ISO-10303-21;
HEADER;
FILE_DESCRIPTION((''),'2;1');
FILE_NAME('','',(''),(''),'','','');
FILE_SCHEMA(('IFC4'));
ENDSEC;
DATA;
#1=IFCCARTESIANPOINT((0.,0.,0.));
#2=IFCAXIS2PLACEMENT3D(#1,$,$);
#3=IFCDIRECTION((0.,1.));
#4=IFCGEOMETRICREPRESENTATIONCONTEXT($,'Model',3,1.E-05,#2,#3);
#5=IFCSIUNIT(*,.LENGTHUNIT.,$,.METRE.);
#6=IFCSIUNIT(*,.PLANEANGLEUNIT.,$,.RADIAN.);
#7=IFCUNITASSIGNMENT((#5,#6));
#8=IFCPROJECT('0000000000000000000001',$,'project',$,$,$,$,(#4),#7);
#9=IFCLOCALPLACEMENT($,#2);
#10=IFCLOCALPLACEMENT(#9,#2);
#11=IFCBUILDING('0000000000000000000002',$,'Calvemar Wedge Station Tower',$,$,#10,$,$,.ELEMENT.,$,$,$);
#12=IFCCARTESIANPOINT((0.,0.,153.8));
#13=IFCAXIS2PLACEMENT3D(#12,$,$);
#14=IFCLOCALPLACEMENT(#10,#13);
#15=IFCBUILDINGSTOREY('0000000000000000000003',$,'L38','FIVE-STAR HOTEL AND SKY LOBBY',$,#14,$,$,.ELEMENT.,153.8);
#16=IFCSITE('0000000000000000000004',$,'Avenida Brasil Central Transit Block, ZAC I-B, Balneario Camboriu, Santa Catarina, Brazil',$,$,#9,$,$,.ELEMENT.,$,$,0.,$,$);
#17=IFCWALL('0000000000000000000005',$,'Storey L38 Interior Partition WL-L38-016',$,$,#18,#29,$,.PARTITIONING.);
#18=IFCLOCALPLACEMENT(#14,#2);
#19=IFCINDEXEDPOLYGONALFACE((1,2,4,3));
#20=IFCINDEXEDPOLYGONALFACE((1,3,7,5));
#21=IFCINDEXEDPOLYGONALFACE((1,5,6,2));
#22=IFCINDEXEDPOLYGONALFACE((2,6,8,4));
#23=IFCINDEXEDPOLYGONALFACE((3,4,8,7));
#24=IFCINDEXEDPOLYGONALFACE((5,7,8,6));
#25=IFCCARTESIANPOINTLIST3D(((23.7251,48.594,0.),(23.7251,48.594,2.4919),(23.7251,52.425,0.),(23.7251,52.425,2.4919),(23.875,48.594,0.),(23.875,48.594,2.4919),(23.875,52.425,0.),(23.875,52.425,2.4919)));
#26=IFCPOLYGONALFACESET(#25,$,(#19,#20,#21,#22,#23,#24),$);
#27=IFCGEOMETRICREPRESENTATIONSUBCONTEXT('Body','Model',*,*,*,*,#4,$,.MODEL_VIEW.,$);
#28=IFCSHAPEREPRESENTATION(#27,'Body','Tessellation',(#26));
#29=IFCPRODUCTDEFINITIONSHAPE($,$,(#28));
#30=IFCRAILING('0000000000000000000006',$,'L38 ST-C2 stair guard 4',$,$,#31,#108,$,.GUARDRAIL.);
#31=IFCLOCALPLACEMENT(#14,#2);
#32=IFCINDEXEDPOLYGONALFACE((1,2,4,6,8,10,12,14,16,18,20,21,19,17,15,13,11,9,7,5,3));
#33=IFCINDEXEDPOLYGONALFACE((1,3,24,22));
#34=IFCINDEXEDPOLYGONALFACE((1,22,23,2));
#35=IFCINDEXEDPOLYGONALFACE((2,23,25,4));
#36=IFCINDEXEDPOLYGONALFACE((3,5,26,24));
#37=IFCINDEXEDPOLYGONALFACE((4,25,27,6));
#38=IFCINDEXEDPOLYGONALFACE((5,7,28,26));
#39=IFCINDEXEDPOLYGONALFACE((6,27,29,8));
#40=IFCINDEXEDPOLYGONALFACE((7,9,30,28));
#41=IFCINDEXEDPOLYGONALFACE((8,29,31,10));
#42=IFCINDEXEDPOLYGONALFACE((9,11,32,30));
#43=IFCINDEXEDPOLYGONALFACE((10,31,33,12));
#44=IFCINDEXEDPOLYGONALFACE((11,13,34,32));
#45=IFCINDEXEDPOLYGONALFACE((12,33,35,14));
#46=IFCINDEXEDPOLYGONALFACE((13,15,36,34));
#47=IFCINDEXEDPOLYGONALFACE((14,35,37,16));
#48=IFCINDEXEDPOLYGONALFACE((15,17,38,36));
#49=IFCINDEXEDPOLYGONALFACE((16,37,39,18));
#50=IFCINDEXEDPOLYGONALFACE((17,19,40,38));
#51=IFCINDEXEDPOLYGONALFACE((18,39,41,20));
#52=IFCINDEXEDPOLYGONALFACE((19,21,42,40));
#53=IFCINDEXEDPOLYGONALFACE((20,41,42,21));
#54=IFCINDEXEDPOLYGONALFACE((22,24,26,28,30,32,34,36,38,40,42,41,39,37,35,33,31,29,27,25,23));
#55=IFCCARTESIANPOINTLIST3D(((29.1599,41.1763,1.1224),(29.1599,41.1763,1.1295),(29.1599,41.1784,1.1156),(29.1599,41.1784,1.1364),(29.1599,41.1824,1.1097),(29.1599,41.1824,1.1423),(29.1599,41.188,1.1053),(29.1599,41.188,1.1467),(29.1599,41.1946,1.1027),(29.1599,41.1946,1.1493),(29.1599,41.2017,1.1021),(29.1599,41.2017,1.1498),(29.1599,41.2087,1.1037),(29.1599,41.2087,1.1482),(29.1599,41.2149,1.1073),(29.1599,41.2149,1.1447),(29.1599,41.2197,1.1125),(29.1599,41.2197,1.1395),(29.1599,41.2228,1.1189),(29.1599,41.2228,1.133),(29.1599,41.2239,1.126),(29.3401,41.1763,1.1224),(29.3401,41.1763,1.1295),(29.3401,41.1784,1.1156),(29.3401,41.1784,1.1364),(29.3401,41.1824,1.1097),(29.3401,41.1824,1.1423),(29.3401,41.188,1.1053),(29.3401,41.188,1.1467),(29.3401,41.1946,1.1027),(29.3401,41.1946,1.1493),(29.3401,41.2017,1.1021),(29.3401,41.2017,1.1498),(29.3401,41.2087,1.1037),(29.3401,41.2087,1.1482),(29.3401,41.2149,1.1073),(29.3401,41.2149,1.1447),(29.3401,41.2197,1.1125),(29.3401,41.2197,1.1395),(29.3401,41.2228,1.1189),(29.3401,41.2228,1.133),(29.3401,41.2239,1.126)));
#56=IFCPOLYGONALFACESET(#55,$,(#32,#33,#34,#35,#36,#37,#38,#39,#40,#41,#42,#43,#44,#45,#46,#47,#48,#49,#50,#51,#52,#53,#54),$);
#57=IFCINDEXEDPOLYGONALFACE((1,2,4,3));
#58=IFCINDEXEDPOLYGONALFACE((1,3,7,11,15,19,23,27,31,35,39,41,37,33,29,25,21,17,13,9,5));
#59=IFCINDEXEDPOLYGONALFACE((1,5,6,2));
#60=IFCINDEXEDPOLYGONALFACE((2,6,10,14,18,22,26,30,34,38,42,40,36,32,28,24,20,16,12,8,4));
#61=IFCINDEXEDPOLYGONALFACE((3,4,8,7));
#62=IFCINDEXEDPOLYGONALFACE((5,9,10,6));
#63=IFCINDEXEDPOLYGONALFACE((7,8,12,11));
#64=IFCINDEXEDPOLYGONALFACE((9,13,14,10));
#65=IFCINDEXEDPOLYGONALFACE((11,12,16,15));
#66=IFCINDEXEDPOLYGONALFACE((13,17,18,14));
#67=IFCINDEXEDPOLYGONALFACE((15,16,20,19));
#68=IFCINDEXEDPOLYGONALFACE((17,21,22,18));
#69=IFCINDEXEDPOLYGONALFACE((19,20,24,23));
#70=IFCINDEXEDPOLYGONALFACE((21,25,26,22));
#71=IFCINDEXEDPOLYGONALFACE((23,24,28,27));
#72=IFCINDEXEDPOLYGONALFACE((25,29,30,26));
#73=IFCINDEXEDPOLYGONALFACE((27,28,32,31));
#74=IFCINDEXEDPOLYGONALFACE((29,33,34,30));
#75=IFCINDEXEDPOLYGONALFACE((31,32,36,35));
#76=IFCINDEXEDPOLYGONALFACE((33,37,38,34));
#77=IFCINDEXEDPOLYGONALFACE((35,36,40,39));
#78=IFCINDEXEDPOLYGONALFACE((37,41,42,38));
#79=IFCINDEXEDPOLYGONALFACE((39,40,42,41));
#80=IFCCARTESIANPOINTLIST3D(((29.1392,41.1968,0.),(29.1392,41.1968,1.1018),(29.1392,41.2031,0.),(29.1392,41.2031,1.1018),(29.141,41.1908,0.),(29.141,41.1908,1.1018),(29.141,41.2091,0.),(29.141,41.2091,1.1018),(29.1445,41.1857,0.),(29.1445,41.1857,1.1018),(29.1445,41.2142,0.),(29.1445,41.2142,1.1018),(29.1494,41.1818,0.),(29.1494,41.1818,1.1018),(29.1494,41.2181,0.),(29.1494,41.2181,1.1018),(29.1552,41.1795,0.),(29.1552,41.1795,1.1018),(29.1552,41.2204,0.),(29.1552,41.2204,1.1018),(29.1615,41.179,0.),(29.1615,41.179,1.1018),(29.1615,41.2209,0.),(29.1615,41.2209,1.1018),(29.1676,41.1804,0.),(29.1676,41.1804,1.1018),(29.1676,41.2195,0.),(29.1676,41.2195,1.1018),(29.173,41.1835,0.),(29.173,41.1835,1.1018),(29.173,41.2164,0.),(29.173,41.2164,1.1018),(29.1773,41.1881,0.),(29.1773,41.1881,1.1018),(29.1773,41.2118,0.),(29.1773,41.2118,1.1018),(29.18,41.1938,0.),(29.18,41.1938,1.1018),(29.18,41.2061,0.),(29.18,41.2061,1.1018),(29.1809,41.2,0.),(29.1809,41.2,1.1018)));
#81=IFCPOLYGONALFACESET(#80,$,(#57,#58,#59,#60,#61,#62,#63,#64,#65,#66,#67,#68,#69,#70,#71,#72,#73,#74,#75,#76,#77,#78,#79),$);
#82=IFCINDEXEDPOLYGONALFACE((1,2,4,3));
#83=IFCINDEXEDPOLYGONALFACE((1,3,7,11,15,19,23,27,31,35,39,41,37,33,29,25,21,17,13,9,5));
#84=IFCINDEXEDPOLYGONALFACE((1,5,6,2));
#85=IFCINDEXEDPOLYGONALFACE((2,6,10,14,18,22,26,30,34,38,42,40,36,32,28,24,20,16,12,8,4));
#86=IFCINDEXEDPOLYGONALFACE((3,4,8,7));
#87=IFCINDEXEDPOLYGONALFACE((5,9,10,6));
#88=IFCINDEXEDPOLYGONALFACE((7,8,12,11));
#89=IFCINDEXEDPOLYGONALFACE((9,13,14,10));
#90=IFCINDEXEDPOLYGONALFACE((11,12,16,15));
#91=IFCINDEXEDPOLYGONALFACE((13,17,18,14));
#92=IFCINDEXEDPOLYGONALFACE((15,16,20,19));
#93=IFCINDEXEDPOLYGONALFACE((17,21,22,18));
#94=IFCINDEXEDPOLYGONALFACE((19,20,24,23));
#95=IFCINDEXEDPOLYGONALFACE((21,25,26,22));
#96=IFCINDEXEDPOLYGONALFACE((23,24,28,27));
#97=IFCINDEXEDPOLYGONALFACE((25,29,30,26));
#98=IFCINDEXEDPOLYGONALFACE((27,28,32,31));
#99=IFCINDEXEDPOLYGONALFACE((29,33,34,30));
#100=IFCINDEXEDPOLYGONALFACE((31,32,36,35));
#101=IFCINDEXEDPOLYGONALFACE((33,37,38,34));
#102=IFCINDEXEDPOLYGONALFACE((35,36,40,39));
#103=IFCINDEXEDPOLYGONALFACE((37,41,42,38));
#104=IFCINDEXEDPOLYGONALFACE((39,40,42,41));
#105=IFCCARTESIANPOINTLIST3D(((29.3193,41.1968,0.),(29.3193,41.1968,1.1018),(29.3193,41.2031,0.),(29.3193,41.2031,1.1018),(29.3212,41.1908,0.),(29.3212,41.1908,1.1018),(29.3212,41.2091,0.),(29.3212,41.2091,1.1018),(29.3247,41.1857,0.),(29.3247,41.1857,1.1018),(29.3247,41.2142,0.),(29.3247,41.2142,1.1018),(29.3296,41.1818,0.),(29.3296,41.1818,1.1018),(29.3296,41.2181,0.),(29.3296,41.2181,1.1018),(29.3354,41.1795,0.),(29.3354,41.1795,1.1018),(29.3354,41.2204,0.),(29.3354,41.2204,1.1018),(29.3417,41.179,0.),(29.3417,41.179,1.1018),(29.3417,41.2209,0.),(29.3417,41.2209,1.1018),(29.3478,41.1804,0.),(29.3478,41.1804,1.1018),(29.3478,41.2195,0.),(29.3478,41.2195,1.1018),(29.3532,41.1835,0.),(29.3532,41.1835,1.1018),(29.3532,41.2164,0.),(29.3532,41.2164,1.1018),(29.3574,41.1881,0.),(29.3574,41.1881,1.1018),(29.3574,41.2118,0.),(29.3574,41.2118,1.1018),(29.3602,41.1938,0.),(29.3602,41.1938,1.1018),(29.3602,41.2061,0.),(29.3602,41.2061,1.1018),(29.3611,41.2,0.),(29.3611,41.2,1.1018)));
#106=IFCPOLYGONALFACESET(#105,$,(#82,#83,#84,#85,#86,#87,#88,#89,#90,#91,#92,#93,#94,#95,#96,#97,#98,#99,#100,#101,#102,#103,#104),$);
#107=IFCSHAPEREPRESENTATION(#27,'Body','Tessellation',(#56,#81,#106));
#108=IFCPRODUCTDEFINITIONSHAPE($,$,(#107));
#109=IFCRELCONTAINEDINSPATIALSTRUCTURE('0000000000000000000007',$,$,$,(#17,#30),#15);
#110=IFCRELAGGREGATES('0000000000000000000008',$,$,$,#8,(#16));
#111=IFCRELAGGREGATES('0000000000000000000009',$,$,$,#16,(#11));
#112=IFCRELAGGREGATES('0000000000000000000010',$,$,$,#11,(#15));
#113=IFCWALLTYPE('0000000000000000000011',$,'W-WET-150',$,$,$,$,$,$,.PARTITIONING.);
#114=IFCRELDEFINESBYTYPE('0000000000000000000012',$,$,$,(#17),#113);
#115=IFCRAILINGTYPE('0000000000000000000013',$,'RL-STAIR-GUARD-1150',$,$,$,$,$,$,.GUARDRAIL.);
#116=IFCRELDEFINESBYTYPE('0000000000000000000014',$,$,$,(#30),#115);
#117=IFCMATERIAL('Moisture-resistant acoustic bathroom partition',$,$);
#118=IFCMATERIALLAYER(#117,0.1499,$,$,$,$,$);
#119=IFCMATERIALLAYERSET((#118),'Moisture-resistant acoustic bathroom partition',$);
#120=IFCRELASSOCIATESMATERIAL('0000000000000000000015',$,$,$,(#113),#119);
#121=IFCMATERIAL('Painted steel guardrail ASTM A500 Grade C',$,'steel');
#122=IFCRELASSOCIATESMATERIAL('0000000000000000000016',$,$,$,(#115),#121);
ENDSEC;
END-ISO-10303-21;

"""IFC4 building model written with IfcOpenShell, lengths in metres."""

from ifc_helpers import new_model, si_unit, direction, frame, frame_2d, origin, origin_2d, place, context, subcontext, project, spatial, rectangle, circle, extrude, material, layer, layer_set, type_object, element, save


model = new_model("IFC4")

# Units and contexts
model_context = context("Model", 3, precision=1e-05, world=origin(), true_north=direction((0.0, 1.0)))
body_context = subcontext(model_context, "Body", "Model", "MODEL_VIEW")
ifc_project = project(units=[si_unit("LENGTHUNIT", "METRE"), si_unit("PLANEANGLEUNIT", "RADIAN")], contexts=[model_context])

# Site, building, storey
site_placement = place(None, origin())
site = spatial("IfcSite", under=ifc_project, at=site_placement, Name="Avenida Brasil Central Transit Block, ZAC I-B, Balneario Camboriu, Santa Catarina, Brazil", CompositionType="ELEMENT", RefElevation=0.0)
building_placement = place(site_placement, origin())
building = spatial("IfcBuilding", under=site, at=building_placement, Name="Calvemar Wedge Station Tower", CompositionType="ELEMENT")
storey_placement = place(building_placement, frame((0.0, 0.0, 153.8)))
storey = spatial("IfcBuildingStorey", under=building, at=storey_placement, Name="L38", Description="FIVE-STAR HOTEL AND SKY LOBBY", CompositionType="ELEMENT", Elevation=153.8)

# Wall
ifc_material_1 = material(Name="Moisture-resistant acoustic bathroom partition")
ifc_layer_1 = layer(ifc_material_1, 0.1499)
ifc_layer_set_1 = layer_set([ifc_layer_1], Name="Moisture-resistant acoustic bathroom partition")
wall_type_1 = type_object("IfcWallType", Name="W-WET-150", PredefinedType="PARTITIONING", material=ifc_layer_set_1)
wall_1_placement = place(storey_placement, frame((23.8, 52.425, 0.0), z_axis=(0.0, 0.0, 1.0), x_axis=(0.0, -1.0, 0.0)))
element("IfcWall", 1, at=wall_1_placement, inside=storey, type_object=wall_type_1, Name="Storey L38 Interior Partition WL-L38-016", PredefinedType="PARTITIONING", context=body_context, shape_type="SweptSolid", body=[
    extrude(rectangle(XDim=3.8311, YDim=0.1499, at=frame_2d((1.9155, 0.0))), origin(), (0.0, 0.0, 1.0), 2.4919),
])

# Railing
ifc_material_2 = material(Name="Painted steel guardrail ASTM A500 Grade C", Category="steel")
railing_type = type_object("IfcRailingType", Name="RL-STAIR-GUARD-1150", PredefinedType="GUARDRAIL", material=ifc_material_2)
railing_placement = place(storey_placement, frame((29.1599, 41.2, 0.0)))
element("IfcRailing", 2, at=railing_placement, inside=storey, type_object=railing_type, Name="L38 ST-C2 stair guard 4", PredefinedType="GUARDRAIL", context=body_context, shape_type="SweptSolid", body=[
    extrude(circle(Radius=0.0239, at=origin_2d()), frame((0.0, 0.0, 1.126), z_axis=(1.0, 0.0, 0.0), x_axis=(0.0, 1.0, 0.0)), (0.0, 0.0, 1.0), 0.1802),
    extrude(circle(Radius=0.021, at=origin_2d()), origin(), (0.0, 0.0, 1.0), 1.1018),
    extrude(circle(Radius=0.021, at=origin_2d()), frame((0.1802, 0.0, 0.0)), (0.0, 0.0, 1.0), 1.1018),
])

save(model, "model.ifc")
